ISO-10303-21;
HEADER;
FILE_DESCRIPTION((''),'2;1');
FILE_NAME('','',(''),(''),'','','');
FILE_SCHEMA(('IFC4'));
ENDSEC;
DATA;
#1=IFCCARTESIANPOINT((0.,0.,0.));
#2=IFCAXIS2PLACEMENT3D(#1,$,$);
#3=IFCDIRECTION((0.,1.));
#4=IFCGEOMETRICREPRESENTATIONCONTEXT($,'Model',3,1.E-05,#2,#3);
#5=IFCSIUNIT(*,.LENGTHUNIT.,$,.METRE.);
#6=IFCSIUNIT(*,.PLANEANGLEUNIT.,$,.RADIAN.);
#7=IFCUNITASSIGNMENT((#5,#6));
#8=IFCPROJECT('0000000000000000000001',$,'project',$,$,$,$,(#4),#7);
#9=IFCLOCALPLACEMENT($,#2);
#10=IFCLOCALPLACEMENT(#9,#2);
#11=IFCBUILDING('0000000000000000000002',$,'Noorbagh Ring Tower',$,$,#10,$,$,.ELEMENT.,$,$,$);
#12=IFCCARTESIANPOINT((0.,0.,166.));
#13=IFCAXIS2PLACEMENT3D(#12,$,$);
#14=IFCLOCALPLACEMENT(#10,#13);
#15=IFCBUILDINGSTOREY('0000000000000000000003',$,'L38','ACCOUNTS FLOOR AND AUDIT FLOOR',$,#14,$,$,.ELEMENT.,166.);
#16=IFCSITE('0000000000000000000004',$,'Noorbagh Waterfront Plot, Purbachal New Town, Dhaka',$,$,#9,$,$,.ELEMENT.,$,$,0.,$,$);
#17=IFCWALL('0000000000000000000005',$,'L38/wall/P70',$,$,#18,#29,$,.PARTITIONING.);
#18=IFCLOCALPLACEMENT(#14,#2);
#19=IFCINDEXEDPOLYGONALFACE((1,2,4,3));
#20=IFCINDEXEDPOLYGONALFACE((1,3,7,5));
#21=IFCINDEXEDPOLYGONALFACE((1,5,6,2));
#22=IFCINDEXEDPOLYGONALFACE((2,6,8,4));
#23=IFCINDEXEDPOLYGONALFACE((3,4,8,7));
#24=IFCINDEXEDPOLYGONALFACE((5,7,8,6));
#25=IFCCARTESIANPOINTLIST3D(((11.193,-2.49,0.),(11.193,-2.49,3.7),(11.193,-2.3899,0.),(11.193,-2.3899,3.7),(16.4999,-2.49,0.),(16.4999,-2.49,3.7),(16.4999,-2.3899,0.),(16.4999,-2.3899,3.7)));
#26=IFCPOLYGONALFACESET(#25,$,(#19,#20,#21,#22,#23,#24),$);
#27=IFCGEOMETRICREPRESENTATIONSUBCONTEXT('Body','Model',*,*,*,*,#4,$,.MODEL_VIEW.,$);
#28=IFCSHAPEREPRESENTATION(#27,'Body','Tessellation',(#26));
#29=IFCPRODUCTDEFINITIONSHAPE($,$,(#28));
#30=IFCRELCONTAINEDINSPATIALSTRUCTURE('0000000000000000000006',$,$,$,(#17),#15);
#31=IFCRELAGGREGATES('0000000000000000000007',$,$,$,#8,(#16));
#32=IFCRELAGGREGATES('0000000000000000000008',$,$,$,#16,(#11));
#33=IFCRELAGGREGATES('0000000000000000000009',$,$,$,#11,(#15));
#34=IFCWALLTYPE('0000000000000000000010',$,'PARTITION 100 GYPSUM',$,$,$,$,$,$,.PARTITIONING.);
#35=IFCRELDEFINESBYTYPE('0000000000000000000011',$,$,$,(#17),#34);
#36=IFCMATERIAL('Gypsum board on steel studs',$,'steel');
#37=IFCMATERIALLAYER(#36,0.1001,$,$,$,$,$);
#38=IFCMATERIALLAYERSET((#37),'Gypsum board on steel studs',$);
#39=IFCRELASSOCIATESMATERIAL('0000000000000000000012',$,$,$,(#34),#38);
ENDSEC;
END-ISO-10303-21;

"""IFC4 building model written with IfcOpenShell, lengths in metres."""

from ifc_helpers import new_model, si_unit, direction, frame, frame_2d, origin, place, context, subcontext, project, spatial, rectangle, extrude, material, layer, layer_set, type_object, element, save


model = new_model("IFC4")

# Units and contexts
model_context = context("Model", 3, precision=1e-05, world=origin(), true_north=direction((0.0, 1.0)))
body_context = subcontext(model_context, "Body", "Model", "MODEL_VIEW")
ifc_project = project(units=[si_unit("LENGTHUNIT", "METRE"), si_unit("PLANEANGLEUNIT", "RADIAN")], contexts=[model_context])

# Site, building, storey
site_placement = place(None, origin())
site = spatial("IfcSite", under=ifc_project, at=site_placement, Name="Noorbagh Waterfront Plot, Purbachal New Town, Dhaka", CompositionType="ELEMENT", RefElevation=0.0)
building_placement = place(site_placement, origin())
building = spatial("IfcBuilding", under=site, at=building_placement, Name="Noorbagh Ring Tower", CompositionType="ELEMENT")
storey_placement = place(building_placement, frame((0.0, 0.0, 166.0)))
storey = spatial("IfcBuildingStorey", under=building, at=storey_placement, Name="L38", Description="ACCOUNTS FLOOR AND AUDIT FLOOR", CompositionType="ELEMENT", Elevation=166.0)

# Wall
ifc_material_1 = material(Name="Gypsum board on steel studs", Category="steel")
ifc_layer_1 = layer(ifc_material_1, 0.1001)
ifc_layer_set_1 = layer_set([ifc_layer_1], Name="Gypsum board on steel studs")
wall_type_1 = type_object("IfcWallType", Name="PARTITION 100 GYPSUM", PredefinedType="PARTITIONING", material=ifc_layer_set_1)
wall_1_placement = place(storey_placement, frame((11.1931, -2.4399, 0.0), z_axis=(0.0, 0.0, 1.0), x_axis=(1.0, 0.0, 0.0)))
element("IfcWall", 1, at=wall_1_placement, inside=storey, type_object=wall_type_1, Name="L38/wall/P70", PredefinedType="PARTITIONING", context=body_context, shape_type="SweptSolid", body=[
    extrude(rectangle(XDim=5.3069, YDim=0.1001, at=frame_2d((2.6533, 0.0))), origin(), (0.0, 0.0, 1.0), 3.7),
])

save(model, "model.ifc")
